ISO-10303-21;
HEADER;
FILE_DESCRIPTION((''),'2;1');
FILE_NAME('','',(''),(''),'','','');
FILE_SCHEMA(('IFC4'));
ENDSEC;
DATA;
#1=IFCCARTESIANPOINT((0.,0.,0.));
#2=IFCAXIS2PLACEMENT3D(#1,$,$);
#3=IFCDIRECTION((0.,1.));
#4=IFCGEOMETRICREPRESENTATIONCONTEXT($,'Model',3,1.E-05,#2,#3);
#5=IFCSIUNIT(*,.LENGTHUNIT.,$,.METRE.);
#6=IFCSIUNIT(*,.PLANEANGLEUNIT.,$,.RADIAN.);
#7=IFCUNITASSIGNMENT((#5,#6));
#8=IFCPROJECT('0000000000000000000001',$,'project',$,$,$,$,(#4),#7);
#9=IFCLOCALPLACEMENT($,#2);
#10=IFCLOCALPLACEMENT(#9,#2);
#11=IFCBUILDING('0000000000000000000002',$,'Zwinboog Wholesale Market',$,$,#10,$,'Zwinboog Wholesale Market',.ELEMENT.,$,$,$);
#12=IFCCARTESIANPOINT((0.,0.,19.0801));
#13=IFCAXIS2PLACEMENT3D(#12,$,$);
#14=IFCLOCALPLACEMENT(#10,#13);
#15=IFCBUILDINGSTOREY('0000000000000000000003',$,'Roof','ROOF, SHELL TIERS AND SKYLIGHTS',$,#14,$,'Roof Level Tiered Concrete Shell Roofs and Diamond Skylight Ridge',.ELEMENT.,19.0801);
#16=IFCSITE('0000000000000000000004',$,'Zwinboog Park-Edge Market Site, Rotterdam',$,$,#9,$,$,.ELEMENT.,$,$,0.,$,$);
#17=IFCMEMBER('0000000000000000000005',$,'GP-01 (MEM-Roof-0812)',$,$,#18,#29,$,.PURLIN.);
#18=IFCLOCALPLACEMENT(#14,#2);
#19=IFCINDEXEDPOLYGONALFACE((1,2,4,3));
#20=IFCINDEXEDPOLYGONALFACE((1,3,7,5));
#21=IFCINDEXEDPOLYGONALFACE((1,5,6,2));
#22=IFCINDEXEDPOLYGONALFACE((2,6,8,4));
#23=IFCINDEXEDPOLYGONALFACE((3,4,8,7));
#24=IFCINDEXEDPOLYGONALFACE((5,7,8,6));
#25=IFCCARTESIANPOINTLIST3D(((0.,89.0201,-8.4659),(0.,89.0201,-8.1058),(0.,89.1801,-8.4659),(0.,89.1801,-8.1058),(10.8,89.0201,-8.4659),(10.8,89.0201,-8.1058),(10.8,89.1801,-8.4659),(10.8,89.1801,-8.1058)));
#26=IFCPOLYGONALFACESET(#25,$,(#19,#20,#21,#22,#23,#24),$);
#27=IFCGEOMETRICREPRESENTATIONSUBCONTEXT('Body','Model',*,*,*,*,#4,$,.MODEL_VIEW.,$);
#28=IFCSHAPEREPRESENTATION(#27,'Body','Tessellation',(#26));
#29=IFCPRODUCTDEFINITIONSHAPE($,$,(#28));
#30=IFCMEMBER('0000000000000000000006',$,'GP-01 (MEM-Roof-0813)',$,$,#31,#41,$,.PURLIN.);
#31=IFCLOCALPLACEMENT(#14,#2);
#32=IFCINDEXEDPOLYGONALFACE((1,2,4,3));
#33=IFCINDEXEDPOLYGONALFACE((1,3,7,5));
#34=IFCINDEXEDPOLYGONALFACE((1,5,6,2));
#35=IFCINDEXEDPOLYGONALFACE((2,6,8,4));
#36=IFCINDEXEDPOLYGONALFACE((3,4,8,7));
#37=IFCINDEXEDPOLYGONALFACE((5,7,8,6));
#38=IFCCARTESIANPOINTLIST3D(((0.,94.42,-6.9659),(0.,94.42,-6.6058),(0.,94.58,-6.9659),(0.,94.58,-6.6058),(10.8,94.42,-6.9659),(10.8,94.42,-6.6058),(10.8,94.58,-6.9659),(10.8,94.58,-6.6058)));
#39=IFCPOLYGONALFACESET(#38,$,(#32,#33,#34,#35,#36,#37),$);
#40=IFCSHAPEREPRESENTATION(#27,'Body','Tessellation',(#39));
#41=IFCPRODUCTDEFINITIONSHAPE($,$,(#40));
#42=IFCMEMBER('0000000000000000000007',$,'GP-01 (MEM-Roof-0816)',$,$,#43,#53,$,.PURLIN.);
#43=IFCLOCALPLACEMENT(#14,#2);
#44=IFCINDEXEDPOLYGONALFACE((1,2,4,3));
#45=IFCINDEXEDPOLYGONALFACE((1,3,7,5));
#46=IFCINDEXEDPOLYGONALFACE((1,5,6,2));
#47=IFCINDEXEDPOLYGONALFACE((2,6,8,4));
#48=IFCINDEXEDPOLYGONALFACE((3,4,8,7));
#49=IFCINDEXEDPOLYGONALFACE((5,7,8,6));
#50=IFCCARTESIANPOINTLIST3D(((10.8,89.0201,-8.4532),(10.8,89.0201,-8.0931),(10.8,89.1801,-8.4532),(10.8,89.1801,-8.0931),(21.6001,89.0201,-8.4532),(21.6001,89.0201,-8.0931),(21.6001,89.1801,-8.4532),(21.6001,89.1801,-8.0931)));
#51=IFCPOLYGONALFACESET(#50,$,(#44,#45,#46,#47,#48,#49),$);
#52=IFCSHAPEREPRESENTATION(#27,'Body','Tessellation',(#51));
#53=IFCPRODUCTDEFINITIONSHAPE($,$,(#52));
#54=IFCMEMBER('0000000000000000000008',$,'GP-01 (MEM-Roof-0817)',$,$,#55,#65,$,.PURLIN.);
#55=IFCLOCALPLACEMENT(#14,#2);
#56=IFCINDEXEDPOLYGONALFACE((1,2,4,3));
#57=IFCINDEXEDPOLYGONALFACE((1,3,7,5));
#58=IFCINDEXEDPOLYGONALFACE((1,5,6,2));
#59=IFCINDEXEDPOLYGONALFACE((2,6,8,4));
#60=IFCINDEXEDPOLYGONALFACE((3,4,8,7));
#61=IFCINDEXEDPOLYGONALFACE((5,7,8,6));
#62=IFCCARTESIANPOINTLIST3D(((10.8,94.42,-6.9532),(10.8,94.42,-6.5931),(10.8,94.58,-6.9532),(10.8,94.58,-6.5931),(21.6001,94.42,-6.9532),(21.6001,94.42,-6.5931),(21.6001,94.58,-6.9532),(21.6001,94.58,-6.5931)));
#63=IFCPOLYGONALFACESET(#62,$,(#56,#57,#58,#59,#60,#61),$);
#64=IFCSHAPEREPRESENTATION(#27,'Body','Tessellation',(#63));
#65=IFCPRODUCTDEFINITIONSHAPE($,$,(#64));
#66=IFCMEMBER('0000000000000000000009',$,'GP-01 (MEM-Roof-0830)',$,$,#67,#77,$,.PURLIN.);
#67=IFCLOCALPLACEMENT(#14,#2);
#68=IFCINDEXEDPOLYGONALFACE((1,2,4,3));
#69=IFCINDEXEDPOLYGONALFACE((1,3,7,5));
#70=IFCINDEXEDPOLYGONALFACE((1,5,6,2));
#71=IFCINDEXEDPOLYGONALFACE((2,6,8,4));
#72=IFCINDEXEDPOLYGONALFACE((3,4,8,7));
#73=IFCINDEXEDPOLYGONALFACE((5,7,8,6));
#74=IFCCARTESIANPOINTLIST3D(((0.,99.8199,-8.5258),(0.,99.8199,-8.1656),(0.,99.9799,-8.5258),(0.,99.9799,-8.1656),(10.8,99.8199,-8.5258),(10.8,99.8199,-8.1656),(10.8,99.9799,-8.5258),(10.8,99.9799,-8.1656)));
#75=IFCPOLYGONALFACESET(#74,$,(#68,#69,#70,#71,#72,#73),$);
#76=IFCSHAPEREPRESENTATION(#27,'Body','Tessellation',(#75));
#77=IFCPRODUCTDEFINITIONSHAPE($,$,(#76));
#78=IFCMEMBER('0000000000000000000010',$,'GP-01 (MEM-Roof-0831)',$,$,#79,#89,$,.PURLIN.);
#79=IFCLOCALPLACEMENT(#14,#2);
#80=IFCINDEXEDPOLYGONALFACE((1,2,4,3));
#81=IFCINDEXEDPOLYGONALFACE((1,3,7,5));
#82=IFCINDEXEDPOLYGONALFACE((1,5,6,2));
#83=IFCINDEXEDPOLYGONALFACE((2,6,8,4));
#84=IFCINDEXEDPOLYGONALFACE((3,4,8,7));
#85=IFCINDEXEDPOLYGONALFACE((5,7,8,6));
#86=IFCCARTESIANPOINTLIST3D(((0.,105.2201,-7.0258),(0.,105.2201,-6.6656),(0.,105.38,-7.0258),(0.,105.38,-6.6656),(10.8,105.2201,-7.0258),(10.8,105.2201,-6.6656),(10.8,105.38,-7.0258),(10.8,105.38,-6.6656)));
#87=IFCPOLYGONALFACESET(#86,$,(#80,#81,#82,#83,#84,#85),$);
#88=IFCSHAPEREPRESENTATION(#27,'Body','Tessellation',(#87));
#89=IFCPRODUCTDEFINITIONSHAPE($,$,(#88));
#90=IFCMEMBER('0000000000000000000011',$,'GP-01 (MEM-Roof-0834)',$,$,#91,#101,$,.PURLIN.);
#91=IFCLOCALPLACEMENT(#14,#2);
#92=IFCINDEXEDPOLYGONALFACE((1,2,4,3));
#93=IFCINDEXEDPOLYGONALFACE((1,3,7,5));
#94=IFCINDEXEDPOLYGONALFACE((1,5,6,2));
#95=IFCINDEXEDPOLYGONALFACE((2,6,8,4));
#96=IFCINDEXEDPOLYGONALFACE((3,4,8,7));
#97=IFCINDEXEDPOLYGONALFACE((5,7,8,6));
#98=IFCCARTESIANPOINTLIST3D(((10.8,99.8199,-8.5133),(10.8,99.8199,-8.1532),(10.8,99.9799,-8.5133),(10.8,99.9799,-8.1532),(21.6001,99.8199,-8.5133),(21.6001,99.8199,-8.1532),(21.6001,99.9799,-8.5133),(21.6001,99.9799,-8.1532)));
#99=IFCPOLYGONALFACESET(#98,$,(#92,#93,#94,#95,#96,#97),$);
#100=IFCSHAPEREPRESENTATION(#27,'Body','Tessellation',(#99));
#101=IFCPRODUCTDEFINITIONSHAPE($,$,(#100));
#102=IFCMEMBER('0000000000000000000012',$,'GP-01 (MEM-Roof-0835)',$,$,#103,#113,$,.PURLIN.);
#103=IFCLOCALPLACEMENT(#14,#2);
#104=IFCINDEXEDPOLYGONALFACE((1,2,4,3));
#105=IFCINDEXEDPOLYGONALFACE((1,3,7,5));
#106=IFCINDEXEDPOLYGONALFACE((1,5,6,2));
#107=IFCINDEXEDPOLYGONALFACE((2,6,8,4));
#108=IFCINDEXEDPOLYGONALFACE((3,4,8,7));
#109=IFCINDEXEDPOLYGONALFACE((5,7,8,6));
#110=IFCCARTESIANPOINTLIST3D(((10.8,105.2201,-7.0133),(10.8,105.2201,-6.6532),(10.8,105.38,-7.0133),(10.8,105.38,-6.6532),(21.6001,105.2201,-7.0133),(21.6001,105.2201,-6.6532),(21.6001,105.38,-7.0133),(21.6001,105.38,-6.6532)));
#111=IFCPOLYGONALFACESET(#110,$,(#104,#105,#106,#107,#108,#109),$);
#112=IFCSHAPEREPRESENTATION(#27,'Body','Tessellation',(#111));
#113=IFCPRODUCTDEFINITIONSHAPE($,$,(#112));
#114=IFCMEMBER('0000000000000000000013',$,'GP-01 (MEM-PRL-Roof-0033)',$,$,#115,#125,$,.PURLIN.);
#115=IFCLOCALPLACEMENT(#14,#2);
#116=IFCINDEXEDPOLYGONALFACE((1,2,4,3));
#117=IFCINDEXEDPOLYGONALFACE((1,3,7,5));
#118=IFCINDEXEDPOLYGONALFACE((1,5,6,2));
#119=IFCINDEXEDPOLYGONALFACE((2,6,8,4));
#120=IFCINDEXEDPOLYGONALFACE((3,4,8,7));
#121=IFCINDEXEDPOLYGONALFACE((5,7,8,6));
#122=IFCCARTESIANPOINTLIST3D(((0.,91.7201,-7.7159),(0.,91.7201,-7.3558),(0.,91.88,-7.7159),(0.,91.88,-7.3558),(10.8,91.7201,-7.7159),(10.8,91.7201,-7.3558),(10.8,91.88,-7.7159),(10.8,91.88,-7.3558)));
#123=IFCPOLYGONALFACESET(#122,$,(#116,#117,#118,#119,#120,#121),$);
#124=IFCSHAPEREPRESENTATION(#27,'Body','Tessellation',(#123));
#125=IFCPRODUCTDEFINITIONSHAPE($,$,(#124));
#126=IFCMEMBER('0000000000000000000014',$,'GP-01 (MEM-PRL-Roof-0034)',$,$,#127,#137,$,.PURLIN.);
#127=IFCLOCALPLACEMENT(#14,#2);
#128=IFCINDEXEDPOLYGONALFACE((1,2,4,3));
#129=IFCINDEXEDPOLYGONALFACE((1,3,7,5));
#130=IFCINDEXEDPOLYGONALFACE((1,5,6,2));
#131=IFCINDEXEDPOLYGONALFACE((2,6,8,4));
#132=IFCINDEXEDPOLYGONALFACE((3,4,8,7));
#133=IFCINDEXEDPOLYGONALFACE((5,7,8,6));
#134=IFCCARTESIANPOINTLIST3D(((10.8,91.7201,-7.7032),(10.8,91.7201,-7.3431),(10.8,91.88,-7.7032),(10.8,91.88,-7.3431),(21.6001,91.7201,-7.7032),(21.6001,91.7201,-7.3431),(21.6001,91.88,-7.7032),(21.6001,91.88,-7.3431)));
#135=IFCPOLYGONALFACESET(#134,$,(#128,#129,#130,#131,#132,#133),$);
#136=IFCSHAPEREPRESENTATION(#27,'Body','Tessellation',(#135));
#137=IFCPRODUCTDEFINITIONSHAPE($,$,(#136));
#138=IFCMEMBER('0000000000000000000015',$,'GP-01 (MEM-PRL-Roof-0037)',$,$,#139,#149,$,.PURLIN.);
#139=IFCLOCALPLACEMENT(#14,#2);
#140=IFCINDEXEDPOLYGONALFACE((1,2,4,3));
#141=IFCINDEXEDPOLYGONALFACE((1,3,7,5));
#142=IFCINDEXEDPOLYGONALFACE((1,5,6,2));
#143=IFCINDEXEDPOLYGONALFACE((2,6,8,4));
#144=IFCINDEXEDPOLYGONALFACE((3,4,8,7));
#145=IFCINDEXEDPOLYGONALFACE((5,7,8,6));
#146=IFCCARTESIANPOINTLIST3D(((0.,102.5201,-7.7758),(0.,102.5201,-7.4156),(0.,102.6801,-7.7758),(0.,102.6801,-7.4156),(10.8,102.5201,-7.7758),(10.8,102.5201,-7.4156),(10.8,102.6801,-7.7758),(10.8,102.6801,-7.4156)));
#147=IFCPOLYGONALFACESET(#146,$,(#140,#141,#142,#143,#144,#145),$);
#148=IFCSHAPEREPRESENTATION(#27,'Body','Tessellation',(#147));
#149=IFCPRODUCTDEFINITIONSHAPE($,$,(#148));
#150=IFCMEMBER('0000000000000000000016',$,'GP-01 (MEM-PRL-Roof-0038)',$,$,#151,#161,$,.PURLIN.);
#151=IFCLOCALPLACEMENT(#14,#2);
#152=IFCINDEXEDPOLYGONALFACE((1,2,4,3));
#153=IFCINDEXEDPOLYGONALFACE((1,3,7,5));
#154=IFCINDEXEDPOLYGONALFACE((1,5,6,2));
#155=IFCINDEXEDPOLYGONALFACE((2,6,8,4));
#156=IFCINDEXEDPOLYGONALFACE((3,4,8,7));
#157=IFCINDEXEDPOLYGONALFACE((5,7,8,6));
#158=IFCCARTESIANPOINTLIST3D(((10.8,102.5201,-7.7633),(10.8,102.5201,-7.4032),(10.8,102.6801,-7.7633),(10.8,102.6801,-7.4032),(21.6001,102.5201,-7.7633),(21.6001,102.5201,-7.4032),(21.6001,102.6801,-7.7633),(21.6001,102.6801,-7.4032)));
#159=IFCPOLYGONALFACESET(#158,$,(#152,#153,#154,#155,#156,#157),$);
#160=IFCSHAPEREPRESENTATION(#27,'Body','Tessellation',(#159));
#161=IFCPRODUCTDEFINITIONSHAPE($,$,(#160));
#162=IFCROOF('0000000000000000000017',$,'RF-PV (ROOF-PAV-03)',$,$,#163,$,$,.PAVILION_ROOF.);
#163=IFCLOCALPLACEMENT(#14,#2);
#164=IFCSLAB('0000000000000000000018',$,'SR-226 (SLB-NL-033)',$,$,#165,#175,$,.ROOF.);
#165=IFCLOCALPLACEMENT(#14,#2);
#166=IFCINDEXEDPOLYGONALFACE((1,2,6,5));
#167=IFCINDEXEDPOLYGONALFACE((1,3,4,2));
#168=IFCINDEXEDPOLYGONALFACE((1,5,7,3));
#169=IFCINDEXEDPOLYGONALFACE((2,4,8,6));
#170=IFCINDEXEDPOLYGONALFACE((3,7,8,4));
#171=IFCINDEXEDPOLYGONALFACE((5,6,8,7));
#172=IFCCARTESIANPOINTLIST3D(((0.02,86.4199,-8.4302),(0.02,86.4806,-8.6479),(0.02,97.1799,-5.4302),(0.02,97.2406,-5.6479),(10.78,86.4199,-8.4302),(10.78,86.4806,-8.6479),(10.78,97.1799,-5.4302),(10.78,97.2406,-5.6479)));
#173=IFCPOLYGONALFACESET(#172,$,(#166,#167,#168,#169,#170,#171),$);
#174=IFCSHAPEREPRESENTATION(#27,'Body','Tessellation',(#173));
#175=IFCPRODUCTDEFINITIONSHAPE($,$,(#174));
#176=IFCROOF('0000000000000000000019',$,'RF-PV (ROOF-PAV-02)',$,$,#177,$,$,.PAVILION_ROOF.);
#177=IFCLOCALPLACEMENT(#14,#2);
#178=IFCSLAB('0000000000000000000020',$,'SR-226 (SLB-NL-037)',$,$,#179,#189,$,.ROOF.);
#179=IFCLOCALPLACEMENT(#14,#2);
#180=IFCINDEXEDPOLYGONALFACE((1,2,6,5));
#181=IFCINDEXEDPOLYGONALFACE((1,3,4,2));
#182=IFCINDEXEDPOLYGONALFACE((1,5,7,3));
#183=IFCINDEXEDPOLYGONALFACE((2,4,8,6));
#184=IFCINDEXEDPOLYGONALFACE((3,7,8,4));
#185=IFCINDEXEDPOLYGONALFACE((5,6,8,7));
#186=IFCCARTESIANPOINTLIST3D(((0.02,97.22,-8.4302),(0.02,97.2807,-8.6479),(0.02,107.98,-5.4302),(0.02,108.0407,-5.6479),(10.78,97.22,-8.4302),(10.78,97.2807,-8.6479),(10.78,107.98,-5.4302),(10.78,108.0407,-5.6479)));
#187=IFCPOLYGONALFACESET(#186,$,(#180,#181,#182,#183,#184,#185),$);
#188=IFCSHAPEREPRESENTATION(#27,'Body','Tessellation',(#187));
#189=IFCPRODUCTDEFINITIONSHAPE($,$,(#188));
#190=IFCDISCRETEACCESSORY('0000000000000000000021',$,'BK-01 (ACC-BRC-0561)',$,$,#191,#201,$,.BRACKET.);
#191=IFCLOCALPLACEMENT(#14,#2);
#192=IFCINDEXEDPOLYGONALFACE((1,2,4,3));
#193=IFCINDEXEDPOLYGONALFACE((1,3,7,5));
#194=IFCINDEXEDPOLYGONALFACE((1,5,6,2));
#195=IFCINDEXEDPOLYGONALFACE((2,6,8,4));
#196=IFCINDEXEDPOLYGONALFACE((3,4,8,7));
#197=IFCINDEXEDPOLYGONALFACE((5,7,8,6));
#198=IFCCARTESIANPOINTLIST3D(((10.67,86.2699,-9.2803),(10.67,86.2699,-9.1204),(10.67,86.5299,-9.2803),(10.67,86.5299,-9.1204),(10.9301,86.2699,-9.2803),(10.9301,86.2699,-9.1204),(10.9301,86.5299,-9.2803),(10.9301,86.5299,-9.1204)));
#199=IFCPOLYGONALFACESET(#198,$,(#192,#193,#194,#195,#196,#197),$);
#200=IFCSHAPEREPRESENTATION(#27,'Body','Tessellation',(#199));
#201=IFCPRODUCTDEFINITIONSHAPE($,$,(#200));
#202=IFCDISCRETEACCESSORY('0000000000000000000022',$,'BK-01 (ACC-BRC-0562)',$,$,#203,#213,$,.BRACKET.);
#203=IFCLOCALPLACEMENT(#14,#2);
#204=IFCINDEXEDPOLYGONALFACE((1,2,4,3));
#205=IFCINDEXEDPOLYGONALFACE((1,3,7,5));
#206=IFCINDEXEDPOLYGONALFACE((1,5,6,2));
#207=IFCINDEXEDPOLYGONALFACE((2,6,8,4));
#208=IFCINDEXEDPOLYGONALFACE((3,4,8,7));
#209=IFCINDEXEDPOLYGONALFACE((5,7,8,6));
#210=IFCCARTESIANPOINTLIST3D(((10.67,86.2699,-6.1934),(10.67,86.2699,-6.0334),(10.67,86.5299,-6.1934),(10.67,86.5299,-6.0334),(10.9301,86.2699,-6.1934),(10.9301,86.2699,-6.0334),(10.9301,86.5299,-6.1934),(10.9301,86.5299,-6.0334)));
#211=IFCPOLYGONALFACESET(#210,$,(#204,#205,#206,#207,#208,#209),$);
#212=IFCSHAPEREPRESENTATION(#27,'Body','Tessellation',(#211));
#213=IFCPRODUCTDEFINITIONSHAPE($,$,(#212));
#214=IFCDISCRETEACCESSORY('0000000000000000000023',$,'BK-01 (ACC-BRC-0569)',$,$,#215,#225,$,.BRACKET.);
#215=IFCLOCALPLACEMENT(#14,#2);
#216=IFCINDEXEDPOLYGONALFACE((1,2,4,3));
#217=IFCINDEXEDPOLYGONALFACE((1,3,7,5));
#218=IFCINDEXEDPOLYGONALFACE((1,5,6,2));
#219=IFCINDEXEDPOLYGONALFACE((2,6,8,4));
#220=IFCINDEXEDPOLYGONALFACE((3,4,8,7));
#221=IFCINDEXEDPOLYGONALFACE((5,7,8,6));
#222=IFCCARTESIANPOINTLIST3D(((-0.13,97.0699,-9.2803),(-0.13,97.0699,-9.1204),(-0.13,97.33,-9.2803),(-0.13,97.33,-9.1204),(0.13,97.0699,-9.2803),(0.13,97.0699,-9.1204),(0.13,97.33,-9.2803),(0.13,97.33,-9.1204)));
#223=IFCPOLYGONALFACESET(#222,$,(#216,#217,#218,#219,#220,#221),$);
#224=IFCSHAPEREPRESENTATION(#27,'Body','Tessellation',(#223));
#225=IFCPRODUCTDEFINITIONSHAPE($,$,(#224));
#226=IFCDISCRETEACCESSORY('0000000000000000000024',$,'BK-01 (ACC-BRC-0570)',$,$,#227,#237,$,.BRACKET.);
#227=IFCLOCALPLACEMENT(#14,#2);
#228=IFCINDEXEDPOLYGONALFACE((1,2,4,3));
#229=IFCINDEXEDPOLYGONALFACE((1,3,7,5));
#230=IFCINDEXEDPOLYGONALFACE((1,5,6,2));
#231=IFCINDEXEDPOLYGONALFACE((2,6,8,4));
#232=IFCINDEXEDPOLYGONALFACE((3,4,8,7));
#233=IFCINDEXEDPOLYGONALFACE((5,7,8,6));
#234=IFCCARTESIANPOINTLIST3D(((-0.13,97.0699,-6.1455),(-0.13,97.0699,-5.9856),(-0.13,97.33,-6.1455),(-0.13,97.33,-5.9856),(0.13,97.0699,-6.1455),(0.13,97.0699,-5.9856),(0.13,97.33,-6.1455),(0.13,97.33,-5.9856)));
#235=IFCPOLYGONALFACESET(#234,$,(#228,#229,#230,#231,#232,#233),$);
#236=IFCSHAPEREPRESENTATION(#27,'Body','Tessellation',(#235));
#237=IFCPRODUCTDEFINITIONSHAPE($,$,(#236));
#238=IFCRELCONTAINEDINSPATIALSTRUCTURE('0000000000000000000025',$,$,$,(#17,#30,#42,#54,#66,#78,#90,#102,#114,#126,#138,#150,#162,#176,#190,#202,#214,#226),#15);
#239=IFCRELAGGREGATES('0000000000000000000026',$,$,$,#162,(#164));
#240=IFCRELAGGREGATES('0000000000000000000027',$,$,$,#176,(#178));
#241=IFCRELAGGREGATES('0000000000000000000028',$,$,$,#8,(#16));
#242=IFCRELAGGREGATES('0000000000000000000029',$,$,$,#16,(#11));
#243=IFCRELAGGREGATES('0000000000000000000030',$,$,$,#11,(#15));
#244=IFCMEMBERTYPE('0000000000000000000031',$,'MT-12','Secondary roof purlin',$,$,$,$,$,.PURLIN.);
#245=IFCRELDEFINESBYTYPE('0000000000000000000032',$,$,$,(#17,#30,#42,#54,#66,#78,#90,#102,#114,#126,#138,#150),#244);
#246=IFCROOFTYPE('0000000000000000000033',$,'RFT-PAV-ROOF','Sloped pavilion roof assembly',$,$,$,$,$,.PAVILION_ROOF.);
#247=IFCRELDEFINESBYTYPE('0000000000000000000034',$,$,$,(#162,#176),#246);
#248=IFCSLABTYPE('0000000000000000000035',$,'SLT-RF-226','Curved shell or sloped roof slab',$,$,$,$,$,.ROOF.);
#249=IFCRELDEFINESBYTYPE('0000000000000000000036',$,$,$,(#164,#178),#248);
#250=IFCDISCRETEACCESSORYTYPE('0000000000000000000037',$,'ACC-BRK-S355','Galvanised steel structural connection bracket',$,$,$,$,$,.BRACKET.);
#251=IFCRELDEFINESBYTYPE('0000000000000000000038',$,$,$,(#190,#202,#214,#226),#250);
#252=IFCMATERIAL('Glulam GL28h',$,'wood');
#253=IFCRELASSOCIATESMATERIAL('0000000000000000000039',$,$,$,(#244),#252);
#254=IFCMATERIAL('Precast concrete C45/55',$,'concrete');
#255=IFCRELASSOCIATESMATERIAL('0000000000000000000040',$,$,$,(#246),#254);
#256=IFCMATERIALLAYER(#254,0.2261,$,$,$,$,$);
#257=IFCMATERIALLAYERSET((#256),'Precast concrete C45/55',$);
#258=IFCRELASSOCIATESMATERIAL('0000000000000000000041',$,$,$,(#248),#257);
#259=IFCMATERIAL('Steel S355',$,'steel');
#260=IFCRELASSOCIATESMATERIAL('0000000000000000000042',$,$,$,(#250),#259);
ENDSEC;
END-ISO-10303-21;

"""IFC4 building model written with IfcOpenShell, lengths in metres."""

from ifc_helpers import new_model, si_unit, direction, frame, origin, origin_2d, place, context, subcontext, project, spatial, polyline, rectangle, outline, extrude, material, layer, layer_set, material_profile, profile_set, type_object, element, aggregate, save


model = new_model("IFC4")

# Units and contexts
model_context = context("Model", 3, precision=1e-05, world=origin(), true_north=direction((0.0, 1.0)))
body_context = subcontext(model_context, "Body", "Model", "MODEL_VIEW")
ifc_project = project(units=[si_unit("LENGTHUNIT", "METRE"), si_unit("PLANEANGLEUNIT", "RADIAN")], contexts=[model_context])

# Site, building, storey
site_placement = place(None, origin())
site = spatial("IfcSite", under=ifc_project, at=site_placement, Name="Zwinboog Park-Edge Market Site, Rotterdam", CompositionType="ELEMENT", RefElevation=0.0)
building_placement = place(site_placement, origin())
building = spatial("IfcBuilding", under=site, at=building_placement, Name="Zwinboog Wholesale Market", LongName="Zwinboog Wholesale Market", CompositionType="ELEMENT")
storey_placement = place(building_placement, frame((0.0, 0.0, 19.0801)))
storey = spatial("IfcBuildingStorey", under=building, at=storey_placement, Name="Roof", Description="ROOF, SHELL TIERS AND SKYLIGHTS", LongName="Roof Level Tiered Concrete Shell Roofs and Diamond Skylight Ridge", CompositionType="ELEMENT", Elevation=19.0801)

# Shared definitions
ifc_material_1 = material(Name="Precast concrete C45/55", Category="concrete")

# Members
ifc_material_2 = material(Name="Steel S355", Category="steel")
ifc_material_3 = material(Name="Glulam GL28h", Category="wood")
ifc_material_profile_1 = material_profile(ifc_material_3, rectangle(XDim=0.1599, YDim=0.3601, at=origin_2d()), Name="GL28h 160x360")
ifc_profile_set_1 = profile_set([ifc_material_profile_1], Name="Glulam GL28h")
member_type_1 = type_object("IfcMemberType", Name="MT-12", Description="Secondary roof purlin", PredefinedType="PURLIN", material=ifc_profile_set_1)
for number, where, z_axis, x_axis, name in (
    (1, (0.0, 89.1001, -8.2859), (1.0, 0.0, 0.0), (0.0, 1.0, 0.0), "GP-01 (MEM-Roof-0812)"),
    (2, (0.0, 94.5, -6.7859), (1.0, 0.0, 0.0), (0.0, 1.0, 0.0), "GP-01 (MEM-Roof-0813)"),
    (3, (10.8, 89.1001, -8.2732), (1.0, 0.0, 0.0), (0.0, 1.0, 0.0), "GP-01 (MEM-Roof-0816)"),
    (4, (10.8, 94.5, -6.7732), (1.0, 0.0, 0.0), (0.0, 1.0, 0.0), "GP-01 (MEM-Roof-0817)"),
    (5, (0.0, 99.8999, -8.3457), (1.0, 0.0, 0.0), (0.0, 1.0, 0.0), "GP-01 (MEM-Roof-0830)"),
    (6, (0.0, 105.3, -6.8457), (1.0, 0.0, 0.0), (0.0, 1.0, 0.0), "GP-01 (MEM-Roof-0831)"),
    (7, (10.8, 99.8999, -8.3333), (1.0, 0.0, 0.0), (0.0, 1.0, 0.0), "GP-01 (MEM-Roof-0834)"),
    (8, (10.8, 105.3, -6.8333), (1.0, 0.0, 0.0), (0.0, 1.0, 0.0), "GP-01 (MEM-Roof-0835)"),
    (9, (0.0, 91.8, -7.5359), (1.0, 0.0, 0.0), (0.0, 1.0, 0.0), "GP-01 (MEM-PRL-Roof-0033)"),
    (10, (10.8, 91.8, -7.5232), (1.0, 0.0, 0.0), (0.0, 1.0, 0.0), "GP-01 (MEM-PRL-Roof-0034)"),
    (11, (0.0, 102.6001, -7.5957), (1.0, 0.0, 0.0), (0.0, 1.0, 0.0), "GP-01 (MEM-PRL-Roof-0037)"),
    (12, (10.8, 102.6001, -7.5833), (1.0, 0.0, 0.0), (0.0, 1.0, 0.0), "GP-01 (MEM-PRL-Roof-0038)"),
):
    element("IfcMember", number, at=place(storey_placement, frame(where, z_axis=z_axis, x_axis=x_axis)), inside=storey, type_object=member_type_1, Name=name, PredefinedType="PURLIN", context=body_context, shape_type="SweptSolid", body=[
        extrude(rectangle(XDim=0.1599, YDim=0.3601, at=origin_2d()), origin(), (0.0, 0.0, 1.0), 10.8),
    ])

# Roofs, slabs
roof_type = type_object("IfcRoofType", Name="RFT-PAV-ROOF", Description="Sloped pavilion roof assembly", PredefinedType="PAVILION_ROOF", material=ifc_material_1)
roof_1_placement = place(storey_placement, origin())
roof_1 = element("IfcRoof", 13, at=roof_1_placement, inside=storey, type_object=roof_type, Name="RF-PV (ROOF-PAV-03)", PredefinedType="PAVILION_ROOF")
ifc_layer = layer(ifc_material_1, 0.2261)
ifc_layer_set = layer_set([ifc_layer], Name="Precast concrete C45/55")
slab_type = type_object("IfcSlabType", Name="SLT-RF-226", Description="Curved shell or sloped roof slab", PredefinedType="ROOF", material=ifc_layer_set)
slab_1_placement = place(storey_placement, frame((0.02, 86.4199, -8.4302), z_axis=(0.0, -0.268567, 0.963261), x_axis=(1.0, 0.0, 0.0)))
slab_1 = element("IfcSlab", 14, at=slab_1_placement, type_object=slab_type, Name="SR-226 (SLB-NL-033)", PredefinedType="ROOF", context=body_context, shape_type="SweptSolid", body=[
    extrude(outline(polyline([(0.0, 0.0), (10.76, 0.0), (10.76, 11.1704), (0.0, 11.1704), (0.0, 0.0)])), origin(), (0.0, 0.0, -1.0), 0.2261),
])
aggregate(roof_1, [slab_1])
roof_2_placement = place(storey_placement, origin())
roof_2 = element("IfcRoof", 15, at=roof_2_placement, inside=storey, type_object=roof_type, Name="RF-PV (ROOF-PAV-02)", PredefinedType="PAVILION_ROOF")
slab_2_placement = place(storey_placement, frame((0.02, 97.22, -8.4302), z_axis=(0.0, -0.268567, 0.963261), x_axis=(1.0, 0.0, 0.0)))
slab_2 = element("IfcSlab", 16, at=slab_2_placement, type_object=slab_type, Name="SR-226 (SLB-NL-037)", PredefinedType="ROOF", context=body_context, shape_type="SweptSolid", body=[
    extrude(outline(polyline([(0.0, 0.0), (10.76, 0.0), (10.76, 11.1704), (0.0, 11.1704), (0.0, 0.0)])), origin(), (0.0, 0.0, -1.0), 0.2261),
])
aggregate(roof_2, [slab_2])

# Discrete accessories
discrete_accessory_type = type_object("IfcDiscreteAccessoryType", Name="ACC-BRK-S355", Description="Galvanised steel structural connection bracket", PredefinedType="BRACKET", material=ifc_material_2)
for number, where, z_axis, x_axis, name in (
    (17, (10.8, 86.3999, -9.2803), (0.0, 0.0, 1.0), (1.0, 0.0, 0.0), "BK-01 (ACC-BRC-0561)"),
    (18, (10.8, 86.3999, -6.1934), (0.0, 0.0, 1.0), (1.0, 0.0, 0.0), "BK-01 (ACC-BRC-0562)"),
    (19, (0.0, 97.2, -9.2803), (0.0, 0.0, 1.0), (1.0, 0.0, 0.0), "BK-01 (ACC-BRC-0569)"),
    (20, (0.0, 97.2, -6.1455), (0.0, 0.0, 1.0), (1.0, 0.0, 0.0), "BK-01 (ACC-BRC-0570)"),
):
    element("IfcDiscreteAccessory", number, at=place(storey_placement, frame(where, z_axis=z_axis, x_axis=x_axis)), inside=storey, type_object=discrete_accessory_type, Name=name, PredefinedType="BRACKET", context=body_context, shape_type="SweptSolid", body=[
        extrude(rectangle(XDim=0.26, YDim=0.26, at=origin_2d()), origin(), (0.0, 0.0, 1.0), 0.1599),
    ])

save(model, "model.ifc")
